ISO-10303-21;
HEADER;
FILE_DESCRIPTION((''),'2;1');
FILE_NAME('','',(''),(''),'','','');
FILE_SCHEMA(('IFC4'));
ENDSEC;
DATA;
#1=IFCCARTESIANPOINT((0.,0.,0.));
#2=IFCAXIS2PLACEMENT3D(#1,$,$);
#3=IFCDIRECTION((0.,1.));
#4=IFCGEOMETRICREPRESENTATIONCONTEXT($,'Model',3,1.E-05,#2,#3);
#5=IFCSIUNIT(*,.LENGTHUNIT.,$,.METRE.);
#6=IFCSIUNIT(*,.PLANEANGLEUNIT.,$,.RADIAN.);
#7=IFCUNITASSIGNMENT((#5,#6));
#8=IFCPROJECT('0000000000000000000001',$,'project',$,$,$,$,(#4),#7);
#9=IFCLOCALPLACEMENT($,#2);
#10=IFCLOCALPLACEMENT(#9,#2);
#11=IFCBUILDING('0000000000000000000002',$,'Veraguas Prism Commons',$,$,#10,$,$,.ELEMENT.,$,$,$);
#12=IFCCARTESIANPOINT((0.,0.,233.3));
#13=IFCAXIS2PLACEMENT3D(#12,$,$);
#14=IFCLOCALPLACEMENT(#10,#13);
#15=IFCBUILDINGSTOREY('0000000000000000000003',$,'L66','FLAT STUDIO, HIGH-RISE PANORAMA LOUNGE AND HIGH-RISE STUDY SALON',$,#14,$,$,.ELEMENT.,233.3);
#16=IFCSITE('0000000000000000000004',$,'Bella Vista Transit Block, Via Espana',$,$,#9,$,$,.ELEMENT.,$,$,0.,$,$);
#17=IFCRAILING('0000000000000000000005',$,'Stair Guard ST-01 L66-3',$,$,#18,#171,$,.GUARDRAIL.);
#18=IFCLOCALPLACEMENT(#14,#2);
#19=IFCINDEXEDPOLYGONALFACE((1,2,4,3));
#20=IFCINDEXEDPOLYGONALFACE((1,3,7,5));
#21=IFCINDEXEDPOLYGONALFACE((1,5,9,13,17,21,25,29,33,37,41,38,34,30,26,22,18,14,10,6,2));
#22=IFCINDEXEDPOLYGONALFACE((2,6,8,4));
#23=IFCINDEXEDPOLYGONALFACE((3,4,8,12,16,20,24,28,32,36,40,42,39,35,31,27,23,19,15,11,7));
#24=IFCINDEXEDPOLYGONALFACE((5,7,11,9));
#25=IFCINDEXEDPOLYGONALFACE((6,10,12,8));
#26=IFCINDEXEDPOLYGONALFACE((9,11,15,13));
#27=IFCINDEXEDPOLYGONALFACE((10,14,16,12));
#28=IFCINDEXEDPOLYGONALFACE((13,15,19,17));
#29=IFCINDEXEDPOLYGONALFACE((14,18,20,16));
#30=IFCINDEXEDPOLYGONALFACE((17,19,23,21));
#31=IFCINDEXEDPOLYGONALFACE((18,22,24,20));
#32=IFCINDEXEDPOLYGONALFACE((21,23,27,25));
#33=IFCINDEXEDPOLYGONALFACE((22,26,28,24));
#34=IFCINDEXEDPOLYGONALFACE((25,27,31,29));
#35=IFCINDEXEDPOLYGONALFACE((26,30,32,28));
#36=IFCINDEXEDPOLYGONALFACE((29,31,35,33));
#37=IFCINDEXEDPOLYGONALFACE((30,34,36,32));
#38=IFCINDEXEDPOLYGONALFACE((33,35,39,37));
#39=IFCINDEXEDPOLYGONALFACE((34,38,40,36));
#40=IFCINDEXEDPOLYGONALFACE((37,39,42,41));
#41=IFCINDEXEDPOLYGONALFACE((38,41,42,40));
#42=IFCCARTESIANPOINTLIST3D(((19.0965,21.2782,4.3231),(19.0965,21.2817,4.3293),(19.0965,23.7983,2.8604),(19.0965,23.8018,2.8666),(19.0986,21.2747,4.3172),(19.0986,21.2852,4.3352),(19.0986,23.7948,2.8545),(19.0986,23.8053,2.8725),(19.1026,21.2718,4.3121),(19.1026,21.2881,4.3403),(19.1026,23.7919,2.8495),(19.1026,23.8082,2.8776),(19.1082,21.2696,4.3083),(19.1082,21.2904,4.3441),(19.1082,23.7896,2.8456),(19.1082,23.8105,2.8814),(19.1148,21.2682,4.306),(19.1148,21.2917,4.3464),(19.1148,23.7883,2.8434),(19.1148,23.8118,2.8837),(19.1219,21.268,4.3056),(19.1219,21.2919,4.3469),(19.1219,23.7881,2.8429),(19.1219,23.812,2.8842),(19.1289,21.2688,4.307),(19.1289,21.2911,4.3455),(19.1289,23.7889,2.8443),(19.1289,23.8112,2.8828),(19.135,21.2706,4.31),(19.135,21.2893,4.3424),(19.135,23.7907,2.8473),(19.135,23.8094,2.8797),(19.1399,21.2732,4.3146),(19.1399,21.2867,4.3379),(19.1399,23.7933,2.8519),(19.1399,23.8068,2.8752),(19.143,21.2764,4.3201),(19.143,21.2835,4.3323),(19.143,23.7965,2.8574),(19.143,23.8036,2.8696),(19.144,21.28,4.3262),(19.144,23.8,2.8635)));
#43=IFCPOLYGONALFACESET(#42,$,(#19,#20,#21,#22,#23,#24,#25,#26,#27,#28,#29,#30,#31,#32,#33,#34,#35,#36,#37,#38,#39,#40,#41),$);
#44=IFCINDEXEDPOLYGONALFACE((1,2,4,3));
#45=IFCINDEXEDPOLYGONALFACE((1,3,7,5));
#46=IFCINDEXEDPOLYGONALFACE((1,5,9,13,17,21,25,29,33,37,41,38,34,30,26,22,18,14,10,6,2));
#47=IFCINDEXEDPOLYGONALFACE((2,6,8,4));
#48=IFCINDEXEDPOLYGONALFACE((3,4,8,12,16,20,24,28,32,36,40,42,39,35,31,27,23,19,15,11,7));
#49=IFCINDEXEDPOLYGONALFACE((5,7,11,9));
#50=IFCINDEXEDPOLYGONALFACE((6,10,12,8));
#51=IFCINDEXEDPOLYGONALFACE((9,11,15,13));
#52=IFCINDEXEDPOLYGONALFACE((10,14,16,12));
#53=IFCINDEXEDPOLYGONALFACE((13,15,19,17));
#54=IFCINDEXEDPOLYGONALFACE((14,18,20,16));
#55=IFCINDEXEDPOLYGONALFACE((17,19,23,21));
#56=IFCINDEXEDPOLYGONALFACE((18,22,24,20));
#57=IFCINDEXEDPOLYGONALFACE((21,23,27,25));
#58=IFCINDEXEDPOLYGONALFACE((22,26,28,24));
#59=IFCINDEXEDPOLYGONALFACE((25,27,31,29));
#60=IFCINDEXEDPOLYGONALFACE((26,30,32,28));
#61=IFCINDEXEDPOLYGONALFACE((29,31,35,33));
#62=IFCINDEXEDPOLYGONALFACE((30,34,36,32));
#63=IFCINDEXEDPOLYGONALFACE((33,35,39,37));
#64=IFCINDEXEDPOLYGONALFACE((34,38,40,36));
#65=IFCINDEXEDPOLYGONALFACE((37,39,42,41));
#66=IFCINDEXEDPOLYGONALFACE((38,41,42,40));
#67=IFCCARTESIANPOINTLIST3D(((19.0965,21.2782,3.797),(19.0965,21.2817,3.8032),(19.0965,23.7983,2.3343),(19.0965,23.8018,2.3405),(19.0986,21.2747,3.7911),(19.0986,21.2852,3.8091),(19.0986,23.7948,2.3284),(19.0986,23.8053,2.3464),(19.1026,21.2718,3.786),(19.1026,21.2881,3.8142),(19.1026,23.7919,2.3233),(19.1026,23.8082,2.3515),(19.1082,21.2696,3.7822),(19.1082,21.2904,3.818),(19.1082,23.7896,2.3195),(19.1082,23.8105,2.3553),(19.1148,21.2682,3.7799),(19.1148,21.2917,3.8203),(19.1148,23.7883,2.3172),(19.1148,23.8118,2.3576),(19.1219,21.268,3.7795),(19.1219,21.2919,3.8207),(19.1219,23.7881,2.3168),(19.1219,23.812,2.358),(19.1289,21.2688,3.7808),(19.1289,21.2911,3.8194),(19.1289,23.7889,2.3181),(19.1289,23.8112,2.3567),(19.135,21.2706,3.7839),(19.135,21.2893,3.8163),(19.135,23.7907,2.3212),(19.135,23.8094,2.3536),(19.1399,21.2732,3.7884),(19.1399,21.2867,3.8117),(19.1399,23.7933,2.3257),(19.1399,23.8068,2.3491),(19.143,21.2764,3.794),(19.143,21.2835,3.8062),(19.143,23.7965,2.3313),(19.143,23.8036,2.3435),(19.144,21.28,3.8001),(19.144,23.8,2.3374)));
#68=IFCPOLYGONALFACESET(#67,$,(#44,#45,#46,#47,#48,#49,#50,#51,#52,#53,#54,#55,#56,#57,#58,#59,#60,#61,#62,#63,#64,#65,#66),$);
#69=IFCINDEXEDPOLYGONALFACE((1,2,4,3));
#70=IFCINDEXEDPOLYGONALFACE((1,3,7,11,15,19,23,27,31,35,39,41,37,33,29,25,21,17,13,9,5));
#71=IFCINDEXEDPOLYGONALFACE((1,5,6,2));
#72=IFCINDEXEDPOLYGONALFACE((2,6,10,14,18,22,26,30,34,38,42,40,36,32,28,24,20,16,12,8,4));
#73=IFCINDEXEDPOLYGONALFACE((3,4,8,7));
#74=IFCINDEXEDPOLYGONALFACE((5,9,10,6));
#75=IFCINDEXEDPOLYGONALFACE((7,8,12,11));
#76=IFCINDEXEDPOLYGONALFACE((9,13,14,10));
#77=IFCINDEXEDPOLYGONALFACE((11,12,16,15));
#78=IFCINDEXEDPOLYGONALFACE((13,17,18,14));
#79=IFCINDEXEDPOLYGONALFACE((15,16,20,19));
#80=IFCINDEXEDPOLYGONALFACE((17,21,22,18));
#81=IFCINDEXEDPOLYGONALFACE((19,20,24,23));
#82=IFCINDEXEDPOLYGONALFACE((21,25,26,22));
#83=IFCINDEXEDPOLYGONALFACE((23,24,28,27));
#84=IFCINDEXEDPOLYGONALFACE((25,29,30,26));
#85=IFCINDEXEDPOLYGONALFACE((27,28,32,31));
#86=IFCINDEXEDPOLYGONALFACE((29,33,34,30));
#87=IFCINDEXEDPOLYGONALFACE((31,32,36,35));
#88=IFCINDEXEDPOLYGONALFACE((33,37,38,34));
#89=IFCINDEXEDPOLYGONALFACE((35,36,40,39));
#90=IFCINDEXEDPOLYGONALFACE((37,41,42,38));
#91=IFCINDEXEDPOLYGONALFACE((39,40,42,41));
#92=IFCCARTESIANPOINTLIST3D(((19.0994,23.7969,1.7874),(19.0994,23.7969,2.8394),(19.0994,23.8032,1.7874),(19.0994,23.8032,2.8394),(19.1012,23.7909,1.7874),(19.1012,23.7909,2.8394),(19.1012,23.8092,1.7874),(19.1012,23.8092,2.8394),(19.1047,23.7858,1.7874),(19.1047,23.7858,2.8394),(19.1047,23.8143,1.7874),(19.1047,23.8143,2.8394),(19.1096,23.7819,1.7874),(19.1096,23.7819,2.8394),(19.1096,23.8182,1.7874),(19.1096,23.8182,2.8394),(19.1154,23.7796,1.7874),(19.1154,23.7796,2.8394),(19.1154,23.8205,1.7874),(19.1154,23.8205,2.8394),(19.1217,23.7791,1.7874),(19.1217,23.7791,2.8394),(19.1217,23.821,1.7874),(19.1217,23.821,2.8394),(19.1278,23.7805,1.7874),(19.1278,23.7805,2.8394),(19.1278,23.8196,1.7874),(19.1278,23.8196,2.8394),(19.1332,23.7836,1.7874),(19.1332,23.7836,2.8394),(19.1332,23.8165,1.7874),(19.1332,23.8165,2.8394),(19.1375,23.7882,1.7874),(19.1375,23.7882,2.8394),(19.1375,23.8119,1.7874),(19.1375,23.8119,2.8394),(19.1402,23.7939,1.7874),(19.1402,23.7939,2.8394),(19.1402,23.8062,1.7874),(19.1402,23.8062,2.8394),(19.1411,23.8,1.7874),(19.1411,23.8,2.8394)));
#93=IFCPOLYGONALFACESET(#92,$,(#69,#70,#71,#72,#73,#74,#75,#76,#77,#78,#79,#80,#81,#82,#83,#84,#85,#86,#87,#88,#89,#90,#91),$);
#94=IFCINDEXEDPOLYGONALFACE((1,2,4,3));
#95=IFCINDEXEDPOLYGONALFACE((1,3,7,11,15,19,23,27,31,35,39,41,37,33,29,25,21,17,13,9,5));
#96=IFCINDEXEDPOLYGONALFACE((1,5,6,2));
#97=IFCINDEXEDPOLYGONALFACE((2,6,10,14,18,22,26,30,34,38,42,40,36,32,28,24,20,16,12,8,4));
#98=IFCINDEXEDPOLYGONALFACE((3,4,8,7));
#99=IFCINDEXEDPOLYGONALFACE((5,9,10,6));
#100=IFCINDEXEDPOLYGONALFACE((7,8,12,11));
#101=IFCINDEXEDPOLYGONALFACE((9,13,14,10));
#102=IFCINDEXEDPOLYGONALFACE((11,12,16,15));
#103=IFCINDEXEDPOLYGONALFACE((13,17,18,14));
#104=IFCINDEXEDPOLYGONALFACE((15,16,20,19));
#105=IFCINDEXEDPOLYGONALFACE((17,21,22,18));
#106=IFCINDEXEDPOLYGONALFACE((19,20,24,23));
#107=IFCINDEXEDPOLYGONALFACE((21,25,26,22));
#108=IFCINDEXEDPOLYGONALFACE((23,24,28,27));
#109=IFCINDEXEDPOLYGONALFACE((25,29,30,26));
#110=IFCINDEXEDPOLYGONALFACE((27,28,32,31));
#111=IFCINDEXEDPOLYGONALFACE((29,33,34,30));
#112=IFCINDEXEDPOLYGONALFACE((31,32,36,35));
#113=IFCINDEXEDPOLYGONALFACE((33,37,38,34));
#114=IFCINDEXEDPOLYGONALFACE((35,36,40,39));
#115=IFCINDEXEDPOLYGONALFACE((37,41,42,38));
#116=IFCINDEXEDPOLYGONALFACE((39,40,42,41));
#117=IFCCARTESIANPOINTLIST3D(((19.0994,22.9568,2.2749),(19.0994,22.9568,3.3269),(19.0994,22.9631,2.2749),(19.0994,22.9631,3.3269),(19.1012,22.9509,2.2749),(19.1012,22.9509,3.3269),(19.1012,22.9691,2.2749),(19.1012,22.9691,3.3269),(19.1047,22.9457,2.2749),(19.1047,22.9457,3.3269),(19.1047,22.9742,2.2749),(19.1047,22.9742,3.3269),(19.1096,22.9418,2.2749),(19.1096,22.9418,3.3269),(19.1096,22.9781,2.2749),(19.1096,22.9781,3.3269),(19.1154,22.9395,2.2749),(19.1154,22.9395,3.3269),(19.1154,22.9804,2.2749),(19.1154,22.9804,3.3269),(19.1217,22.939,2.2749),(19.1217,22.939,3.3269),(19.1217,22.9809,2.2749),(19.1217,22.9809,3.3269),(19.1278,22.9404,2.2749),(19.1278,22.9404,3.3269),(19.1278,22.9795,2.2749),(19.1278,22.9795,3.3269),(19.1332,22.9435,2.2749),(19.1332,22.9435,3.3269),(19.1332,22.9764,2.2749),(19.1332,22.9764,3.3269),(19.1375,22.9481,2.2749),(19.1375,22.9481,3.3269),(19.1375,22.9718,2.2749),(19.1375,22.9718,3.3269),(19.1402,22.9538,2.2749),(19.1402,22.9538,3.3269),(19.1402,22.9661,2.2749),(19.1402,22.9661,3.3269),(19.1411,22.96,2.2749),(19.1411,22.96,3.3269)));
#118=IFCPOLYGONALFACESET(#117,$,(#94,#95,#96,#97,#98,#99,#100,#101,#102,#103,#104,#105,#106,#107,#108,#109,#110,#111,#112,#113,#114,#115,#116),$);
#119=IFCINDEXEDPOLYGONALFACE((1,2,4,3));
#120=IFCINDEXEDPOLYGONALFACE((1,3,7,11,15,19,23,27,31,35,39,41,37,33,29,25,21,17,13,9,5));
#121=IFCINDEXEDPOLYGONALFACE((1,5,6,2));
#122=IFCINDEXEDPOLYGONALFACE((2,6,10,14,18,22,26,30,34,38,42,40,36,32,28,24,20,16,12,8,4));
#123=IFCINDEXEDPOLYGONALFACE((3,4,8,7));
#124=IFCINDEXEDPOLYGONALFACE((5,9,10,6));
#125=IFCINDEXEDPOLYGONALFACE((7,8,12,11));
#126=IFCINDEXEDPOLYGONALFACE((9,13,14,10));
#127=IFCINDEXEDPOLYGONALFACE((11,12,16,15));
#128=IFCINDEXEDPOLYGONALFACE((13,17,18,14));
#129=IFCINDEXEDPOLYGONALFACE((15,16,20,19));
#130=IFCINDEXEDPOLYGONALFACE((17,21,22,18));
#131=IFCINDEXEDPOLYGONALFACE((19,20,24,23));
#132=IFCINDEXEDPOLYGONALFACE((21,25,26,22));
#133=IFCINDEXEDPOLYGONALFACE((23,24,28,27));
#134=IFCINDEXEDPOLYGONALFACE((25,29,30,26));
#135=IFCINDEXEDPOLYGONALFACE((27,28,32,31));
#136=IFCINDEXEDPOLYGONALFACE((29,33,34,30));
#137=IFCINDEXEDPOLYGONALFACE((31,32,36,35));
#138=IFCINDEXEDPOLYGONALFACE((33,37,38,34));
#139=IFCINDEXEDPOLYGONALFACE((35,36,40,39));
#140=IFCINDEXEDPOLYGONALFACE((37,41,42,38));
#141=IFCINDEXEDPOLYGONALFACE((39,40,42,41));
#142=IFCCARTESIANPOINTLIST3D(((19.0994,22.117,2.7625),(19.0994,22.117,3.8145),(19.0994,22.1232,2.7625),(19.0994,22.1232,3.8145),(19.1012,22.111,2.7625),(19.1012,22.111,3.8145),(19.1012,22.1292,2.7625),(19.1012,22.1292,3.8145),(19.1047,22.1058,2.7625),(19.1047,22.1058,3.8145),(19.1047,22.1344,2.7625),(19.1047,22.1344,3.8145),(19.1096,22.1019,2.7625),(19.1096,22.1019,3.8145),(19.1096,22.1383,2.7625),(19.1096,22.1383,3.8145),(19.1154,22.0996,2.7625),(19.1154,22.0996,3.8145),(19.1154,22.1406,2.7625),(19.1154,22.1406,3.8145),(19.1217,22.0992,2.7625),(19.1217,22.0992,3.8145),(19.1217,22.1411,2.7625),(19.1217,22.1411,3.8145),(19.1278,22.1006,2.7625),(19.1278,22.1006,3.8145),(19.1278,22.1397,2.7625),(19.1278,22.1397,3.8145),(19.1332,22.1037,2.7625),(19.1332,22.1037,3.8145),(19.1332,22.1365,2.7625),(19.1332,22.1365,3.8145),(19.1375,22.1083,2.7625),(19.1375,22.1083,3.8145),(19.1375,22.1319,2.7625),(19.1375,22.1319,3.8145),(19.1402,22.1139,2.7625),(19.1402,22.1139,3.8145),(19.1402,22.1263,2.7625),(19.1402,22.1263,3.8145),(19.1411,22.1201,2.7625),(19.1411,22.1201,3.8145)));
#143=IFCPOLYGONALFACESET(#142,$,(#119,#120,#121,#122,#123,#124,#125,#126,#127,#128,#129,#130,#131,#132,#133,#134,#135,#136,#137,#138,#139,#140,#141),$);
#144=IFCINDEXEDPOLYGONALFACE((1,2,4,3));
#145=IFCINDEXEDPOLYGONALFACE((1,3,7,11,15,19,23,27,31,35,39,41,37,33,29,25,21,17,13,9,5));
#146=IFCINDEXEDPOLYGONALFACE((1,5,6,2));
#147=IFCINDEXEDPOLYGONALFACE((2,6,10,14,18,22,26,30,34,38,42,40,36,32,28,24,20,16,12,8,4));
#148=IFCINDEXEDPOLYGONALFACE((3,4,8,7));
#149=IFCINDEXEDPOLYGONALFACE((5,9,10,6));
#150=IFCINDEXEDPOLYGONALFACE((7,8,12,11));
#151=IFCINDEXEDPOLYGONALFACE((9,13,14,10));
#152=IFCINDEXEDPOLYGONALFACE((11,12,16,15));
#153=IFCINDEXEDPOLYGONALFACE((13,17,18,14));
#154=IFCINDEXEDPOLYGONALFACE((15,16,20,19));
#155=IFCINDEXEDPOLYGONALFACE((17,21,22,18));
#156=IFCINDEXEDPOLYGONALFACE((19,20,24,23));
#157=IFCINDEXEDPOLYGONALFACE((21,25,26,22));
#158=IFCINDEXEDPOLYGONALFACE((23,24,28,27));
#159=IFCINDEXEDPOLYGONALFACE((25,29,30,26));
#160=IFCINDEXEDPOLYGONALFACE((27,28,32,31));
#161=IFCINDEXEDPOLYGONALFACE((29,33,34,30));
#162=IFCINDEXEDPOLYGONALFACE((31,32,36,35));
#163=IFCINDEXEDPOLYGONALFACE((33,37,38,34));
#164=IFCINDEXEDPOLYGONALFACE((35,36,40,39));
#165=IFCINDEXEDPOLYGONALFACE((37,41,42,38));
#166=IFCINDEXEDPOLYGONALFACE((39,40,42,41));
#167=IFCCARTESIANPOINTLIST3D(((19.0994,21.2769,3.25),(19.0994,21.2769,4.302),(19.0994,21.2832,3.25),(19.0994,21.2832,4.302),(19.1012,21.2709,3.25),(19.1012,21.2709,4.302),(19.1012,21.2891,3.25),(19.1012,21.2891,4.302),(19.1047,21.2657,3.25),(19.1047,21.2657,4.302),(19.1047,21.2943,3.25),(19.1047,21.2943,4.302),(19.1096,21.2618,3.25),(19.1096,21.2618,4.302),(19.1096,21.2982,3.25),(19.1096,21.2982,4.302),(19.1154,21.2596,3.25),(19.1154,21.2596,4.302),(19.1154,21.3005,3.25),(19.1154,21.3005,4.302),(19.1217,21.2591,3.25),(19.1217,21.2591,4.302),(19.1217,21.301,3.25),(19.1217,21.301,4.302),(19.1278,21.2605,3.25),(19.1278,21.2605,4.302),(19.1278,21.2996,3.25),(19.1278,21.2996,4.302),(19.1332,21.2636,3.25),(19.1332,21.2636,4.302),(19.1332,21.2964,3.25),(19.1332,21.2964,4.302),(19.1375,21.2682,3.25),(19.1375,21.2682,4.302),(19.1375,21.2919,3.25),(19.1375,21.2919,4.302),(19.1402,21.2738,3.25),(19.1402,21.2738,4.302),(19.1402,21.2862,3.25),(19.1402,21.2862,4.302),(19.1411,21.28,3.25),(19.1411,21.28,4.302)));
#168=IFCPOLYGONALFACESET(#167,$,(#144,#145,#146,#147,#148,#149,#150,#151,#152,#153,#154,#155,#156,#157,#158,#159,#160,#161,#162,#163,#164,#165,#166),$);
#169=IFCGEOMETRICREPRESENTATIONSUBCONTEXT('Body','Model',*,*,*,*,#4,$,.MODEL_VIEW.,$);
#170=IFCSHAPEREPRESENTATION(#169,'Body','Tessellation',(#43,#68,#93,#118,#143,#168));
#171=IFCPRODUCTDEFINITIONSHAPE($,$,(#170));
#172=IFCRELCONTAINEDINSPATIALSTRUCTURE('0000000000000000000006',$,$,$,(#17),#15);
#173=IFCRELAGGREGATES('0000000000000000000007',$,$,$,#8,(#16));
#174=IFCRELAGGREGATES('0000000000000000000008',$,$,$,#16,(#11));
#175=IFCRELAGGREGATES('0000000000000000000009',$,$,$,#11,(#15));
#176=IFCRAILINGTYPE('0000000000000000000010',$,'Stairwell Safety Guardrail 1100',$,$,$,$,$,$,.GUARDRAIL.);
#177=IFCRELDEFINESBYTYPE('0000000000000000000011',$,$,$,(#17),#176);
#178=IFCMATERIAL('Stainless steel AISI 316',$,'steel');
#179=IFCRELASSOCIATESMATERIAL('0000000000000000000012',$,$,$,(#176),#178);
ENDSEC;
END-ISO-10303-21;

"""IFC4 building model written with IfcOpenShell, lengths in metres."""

from ifc_helpers import new_model, si_unit, direction, frame, origin, origin_2d, place, context, subcontext, project, spatial, circle, extrude, material, type_object, element, save


model = new_model("IFC4")

# Units and contexts
model_context = context("Model", 3, precision=1e-05, world=origin(), true_north=direction((0.0, 1.0)))
body_context = subcontext(model_context, "Body", "Model", "MODEL_VIEW")
ifc_project = project(units=[si_unit("LENGTHUNIT", "METRE"), si_unit("PLANEANGLEUNIT", "RADIAN")], contexts=[model_context])

# Site, building, storey
site_placement = place(None, origin())
site = spatial("IfcSite", under=ifc_project, at=site_placement, Name="Bella Vista Transit Block, Via Espana", CompositionType="ELEMENT", RefElevation=0.0)
building_placement = place(site_placement, origin())
building = spatial("IfcBuilding", under=site, at=building_placement, Name="Veraguas Prism Commons", CompositionType="ELEMENT")
storey_placement = place(building_placement, frame((0.0, 0.0, 233.3)))
storey = spatial("IfcBuildingStorey", under=building, at=storey_placement, Name="L66", Description="FLAT STUDIO, HIGH-RISE PANORAMA LOUNGE AND HIGH-RISE STUDY SALON", CompositionType="ELEMENT", Elevation=233.3)

# Railing
ifc_material_1 = material(Name="Stainless steel AISI 316", Category="steel")
railing_type_1 = type_object("IfcRailingType", Name="Stairwell Safety Guardrail 1100", PredefinedType="GUARDRAIL", material=ifc_material_1)
railing_1_placement = place(storey_placement, frame((19.1201, 23.8, 1.7874)))
element("IfcRailing", 1, at=railing_1_placement, inside=storey, type_object=railing_type_1, Name="Stair Guard ST-01 L66-3", PredefinedType="GUARDRAIL", context=body_context, shape_type="SweptSolid", body=[
    extrude(circle(Radius=0.0239, at=origin_2d()), frame((0.0, 0.0, 1.0762), z_axis=(0.0, -0.864877, 0.501984), x_axis=(1.0, 0.0, 0.0)), (0.0, 0.0, 1.0), 2.9138),
    extrude(circle(Radius=0.0239, at=origin_2d()), frame((0.0, 0.0, 0.55), z_axis=(0.0, -0.864877, 0.501984), x_axis=(1.0, 0.0, 0.0)), (0.0, 0.0, 1.0), 2.9138),
    extrude(circle(Radius=0.021, at=origin_2d()), origin(), (0.0, 0.0, 1.0), 1.052),
    extrude(circle(Radius=0.021, at=origin_2d()), frame((0.0, -0.8401, 0.4875)), (0.0, 0.0, 1.0), 1.052),
    extrude(circle(Radius=0.021, at=origin_2d()), frame((0.0, -1.6799, 0.9751)), (0.0, 0.0, 1.0), 1.052),
    extrude(circle(Radius=0.021, at=origin_2d()), frame((0.0, -2.52, 1.4626)), (0.0, 0.0, 1.0), 1.052),
])

save(model, "model.ifc")
